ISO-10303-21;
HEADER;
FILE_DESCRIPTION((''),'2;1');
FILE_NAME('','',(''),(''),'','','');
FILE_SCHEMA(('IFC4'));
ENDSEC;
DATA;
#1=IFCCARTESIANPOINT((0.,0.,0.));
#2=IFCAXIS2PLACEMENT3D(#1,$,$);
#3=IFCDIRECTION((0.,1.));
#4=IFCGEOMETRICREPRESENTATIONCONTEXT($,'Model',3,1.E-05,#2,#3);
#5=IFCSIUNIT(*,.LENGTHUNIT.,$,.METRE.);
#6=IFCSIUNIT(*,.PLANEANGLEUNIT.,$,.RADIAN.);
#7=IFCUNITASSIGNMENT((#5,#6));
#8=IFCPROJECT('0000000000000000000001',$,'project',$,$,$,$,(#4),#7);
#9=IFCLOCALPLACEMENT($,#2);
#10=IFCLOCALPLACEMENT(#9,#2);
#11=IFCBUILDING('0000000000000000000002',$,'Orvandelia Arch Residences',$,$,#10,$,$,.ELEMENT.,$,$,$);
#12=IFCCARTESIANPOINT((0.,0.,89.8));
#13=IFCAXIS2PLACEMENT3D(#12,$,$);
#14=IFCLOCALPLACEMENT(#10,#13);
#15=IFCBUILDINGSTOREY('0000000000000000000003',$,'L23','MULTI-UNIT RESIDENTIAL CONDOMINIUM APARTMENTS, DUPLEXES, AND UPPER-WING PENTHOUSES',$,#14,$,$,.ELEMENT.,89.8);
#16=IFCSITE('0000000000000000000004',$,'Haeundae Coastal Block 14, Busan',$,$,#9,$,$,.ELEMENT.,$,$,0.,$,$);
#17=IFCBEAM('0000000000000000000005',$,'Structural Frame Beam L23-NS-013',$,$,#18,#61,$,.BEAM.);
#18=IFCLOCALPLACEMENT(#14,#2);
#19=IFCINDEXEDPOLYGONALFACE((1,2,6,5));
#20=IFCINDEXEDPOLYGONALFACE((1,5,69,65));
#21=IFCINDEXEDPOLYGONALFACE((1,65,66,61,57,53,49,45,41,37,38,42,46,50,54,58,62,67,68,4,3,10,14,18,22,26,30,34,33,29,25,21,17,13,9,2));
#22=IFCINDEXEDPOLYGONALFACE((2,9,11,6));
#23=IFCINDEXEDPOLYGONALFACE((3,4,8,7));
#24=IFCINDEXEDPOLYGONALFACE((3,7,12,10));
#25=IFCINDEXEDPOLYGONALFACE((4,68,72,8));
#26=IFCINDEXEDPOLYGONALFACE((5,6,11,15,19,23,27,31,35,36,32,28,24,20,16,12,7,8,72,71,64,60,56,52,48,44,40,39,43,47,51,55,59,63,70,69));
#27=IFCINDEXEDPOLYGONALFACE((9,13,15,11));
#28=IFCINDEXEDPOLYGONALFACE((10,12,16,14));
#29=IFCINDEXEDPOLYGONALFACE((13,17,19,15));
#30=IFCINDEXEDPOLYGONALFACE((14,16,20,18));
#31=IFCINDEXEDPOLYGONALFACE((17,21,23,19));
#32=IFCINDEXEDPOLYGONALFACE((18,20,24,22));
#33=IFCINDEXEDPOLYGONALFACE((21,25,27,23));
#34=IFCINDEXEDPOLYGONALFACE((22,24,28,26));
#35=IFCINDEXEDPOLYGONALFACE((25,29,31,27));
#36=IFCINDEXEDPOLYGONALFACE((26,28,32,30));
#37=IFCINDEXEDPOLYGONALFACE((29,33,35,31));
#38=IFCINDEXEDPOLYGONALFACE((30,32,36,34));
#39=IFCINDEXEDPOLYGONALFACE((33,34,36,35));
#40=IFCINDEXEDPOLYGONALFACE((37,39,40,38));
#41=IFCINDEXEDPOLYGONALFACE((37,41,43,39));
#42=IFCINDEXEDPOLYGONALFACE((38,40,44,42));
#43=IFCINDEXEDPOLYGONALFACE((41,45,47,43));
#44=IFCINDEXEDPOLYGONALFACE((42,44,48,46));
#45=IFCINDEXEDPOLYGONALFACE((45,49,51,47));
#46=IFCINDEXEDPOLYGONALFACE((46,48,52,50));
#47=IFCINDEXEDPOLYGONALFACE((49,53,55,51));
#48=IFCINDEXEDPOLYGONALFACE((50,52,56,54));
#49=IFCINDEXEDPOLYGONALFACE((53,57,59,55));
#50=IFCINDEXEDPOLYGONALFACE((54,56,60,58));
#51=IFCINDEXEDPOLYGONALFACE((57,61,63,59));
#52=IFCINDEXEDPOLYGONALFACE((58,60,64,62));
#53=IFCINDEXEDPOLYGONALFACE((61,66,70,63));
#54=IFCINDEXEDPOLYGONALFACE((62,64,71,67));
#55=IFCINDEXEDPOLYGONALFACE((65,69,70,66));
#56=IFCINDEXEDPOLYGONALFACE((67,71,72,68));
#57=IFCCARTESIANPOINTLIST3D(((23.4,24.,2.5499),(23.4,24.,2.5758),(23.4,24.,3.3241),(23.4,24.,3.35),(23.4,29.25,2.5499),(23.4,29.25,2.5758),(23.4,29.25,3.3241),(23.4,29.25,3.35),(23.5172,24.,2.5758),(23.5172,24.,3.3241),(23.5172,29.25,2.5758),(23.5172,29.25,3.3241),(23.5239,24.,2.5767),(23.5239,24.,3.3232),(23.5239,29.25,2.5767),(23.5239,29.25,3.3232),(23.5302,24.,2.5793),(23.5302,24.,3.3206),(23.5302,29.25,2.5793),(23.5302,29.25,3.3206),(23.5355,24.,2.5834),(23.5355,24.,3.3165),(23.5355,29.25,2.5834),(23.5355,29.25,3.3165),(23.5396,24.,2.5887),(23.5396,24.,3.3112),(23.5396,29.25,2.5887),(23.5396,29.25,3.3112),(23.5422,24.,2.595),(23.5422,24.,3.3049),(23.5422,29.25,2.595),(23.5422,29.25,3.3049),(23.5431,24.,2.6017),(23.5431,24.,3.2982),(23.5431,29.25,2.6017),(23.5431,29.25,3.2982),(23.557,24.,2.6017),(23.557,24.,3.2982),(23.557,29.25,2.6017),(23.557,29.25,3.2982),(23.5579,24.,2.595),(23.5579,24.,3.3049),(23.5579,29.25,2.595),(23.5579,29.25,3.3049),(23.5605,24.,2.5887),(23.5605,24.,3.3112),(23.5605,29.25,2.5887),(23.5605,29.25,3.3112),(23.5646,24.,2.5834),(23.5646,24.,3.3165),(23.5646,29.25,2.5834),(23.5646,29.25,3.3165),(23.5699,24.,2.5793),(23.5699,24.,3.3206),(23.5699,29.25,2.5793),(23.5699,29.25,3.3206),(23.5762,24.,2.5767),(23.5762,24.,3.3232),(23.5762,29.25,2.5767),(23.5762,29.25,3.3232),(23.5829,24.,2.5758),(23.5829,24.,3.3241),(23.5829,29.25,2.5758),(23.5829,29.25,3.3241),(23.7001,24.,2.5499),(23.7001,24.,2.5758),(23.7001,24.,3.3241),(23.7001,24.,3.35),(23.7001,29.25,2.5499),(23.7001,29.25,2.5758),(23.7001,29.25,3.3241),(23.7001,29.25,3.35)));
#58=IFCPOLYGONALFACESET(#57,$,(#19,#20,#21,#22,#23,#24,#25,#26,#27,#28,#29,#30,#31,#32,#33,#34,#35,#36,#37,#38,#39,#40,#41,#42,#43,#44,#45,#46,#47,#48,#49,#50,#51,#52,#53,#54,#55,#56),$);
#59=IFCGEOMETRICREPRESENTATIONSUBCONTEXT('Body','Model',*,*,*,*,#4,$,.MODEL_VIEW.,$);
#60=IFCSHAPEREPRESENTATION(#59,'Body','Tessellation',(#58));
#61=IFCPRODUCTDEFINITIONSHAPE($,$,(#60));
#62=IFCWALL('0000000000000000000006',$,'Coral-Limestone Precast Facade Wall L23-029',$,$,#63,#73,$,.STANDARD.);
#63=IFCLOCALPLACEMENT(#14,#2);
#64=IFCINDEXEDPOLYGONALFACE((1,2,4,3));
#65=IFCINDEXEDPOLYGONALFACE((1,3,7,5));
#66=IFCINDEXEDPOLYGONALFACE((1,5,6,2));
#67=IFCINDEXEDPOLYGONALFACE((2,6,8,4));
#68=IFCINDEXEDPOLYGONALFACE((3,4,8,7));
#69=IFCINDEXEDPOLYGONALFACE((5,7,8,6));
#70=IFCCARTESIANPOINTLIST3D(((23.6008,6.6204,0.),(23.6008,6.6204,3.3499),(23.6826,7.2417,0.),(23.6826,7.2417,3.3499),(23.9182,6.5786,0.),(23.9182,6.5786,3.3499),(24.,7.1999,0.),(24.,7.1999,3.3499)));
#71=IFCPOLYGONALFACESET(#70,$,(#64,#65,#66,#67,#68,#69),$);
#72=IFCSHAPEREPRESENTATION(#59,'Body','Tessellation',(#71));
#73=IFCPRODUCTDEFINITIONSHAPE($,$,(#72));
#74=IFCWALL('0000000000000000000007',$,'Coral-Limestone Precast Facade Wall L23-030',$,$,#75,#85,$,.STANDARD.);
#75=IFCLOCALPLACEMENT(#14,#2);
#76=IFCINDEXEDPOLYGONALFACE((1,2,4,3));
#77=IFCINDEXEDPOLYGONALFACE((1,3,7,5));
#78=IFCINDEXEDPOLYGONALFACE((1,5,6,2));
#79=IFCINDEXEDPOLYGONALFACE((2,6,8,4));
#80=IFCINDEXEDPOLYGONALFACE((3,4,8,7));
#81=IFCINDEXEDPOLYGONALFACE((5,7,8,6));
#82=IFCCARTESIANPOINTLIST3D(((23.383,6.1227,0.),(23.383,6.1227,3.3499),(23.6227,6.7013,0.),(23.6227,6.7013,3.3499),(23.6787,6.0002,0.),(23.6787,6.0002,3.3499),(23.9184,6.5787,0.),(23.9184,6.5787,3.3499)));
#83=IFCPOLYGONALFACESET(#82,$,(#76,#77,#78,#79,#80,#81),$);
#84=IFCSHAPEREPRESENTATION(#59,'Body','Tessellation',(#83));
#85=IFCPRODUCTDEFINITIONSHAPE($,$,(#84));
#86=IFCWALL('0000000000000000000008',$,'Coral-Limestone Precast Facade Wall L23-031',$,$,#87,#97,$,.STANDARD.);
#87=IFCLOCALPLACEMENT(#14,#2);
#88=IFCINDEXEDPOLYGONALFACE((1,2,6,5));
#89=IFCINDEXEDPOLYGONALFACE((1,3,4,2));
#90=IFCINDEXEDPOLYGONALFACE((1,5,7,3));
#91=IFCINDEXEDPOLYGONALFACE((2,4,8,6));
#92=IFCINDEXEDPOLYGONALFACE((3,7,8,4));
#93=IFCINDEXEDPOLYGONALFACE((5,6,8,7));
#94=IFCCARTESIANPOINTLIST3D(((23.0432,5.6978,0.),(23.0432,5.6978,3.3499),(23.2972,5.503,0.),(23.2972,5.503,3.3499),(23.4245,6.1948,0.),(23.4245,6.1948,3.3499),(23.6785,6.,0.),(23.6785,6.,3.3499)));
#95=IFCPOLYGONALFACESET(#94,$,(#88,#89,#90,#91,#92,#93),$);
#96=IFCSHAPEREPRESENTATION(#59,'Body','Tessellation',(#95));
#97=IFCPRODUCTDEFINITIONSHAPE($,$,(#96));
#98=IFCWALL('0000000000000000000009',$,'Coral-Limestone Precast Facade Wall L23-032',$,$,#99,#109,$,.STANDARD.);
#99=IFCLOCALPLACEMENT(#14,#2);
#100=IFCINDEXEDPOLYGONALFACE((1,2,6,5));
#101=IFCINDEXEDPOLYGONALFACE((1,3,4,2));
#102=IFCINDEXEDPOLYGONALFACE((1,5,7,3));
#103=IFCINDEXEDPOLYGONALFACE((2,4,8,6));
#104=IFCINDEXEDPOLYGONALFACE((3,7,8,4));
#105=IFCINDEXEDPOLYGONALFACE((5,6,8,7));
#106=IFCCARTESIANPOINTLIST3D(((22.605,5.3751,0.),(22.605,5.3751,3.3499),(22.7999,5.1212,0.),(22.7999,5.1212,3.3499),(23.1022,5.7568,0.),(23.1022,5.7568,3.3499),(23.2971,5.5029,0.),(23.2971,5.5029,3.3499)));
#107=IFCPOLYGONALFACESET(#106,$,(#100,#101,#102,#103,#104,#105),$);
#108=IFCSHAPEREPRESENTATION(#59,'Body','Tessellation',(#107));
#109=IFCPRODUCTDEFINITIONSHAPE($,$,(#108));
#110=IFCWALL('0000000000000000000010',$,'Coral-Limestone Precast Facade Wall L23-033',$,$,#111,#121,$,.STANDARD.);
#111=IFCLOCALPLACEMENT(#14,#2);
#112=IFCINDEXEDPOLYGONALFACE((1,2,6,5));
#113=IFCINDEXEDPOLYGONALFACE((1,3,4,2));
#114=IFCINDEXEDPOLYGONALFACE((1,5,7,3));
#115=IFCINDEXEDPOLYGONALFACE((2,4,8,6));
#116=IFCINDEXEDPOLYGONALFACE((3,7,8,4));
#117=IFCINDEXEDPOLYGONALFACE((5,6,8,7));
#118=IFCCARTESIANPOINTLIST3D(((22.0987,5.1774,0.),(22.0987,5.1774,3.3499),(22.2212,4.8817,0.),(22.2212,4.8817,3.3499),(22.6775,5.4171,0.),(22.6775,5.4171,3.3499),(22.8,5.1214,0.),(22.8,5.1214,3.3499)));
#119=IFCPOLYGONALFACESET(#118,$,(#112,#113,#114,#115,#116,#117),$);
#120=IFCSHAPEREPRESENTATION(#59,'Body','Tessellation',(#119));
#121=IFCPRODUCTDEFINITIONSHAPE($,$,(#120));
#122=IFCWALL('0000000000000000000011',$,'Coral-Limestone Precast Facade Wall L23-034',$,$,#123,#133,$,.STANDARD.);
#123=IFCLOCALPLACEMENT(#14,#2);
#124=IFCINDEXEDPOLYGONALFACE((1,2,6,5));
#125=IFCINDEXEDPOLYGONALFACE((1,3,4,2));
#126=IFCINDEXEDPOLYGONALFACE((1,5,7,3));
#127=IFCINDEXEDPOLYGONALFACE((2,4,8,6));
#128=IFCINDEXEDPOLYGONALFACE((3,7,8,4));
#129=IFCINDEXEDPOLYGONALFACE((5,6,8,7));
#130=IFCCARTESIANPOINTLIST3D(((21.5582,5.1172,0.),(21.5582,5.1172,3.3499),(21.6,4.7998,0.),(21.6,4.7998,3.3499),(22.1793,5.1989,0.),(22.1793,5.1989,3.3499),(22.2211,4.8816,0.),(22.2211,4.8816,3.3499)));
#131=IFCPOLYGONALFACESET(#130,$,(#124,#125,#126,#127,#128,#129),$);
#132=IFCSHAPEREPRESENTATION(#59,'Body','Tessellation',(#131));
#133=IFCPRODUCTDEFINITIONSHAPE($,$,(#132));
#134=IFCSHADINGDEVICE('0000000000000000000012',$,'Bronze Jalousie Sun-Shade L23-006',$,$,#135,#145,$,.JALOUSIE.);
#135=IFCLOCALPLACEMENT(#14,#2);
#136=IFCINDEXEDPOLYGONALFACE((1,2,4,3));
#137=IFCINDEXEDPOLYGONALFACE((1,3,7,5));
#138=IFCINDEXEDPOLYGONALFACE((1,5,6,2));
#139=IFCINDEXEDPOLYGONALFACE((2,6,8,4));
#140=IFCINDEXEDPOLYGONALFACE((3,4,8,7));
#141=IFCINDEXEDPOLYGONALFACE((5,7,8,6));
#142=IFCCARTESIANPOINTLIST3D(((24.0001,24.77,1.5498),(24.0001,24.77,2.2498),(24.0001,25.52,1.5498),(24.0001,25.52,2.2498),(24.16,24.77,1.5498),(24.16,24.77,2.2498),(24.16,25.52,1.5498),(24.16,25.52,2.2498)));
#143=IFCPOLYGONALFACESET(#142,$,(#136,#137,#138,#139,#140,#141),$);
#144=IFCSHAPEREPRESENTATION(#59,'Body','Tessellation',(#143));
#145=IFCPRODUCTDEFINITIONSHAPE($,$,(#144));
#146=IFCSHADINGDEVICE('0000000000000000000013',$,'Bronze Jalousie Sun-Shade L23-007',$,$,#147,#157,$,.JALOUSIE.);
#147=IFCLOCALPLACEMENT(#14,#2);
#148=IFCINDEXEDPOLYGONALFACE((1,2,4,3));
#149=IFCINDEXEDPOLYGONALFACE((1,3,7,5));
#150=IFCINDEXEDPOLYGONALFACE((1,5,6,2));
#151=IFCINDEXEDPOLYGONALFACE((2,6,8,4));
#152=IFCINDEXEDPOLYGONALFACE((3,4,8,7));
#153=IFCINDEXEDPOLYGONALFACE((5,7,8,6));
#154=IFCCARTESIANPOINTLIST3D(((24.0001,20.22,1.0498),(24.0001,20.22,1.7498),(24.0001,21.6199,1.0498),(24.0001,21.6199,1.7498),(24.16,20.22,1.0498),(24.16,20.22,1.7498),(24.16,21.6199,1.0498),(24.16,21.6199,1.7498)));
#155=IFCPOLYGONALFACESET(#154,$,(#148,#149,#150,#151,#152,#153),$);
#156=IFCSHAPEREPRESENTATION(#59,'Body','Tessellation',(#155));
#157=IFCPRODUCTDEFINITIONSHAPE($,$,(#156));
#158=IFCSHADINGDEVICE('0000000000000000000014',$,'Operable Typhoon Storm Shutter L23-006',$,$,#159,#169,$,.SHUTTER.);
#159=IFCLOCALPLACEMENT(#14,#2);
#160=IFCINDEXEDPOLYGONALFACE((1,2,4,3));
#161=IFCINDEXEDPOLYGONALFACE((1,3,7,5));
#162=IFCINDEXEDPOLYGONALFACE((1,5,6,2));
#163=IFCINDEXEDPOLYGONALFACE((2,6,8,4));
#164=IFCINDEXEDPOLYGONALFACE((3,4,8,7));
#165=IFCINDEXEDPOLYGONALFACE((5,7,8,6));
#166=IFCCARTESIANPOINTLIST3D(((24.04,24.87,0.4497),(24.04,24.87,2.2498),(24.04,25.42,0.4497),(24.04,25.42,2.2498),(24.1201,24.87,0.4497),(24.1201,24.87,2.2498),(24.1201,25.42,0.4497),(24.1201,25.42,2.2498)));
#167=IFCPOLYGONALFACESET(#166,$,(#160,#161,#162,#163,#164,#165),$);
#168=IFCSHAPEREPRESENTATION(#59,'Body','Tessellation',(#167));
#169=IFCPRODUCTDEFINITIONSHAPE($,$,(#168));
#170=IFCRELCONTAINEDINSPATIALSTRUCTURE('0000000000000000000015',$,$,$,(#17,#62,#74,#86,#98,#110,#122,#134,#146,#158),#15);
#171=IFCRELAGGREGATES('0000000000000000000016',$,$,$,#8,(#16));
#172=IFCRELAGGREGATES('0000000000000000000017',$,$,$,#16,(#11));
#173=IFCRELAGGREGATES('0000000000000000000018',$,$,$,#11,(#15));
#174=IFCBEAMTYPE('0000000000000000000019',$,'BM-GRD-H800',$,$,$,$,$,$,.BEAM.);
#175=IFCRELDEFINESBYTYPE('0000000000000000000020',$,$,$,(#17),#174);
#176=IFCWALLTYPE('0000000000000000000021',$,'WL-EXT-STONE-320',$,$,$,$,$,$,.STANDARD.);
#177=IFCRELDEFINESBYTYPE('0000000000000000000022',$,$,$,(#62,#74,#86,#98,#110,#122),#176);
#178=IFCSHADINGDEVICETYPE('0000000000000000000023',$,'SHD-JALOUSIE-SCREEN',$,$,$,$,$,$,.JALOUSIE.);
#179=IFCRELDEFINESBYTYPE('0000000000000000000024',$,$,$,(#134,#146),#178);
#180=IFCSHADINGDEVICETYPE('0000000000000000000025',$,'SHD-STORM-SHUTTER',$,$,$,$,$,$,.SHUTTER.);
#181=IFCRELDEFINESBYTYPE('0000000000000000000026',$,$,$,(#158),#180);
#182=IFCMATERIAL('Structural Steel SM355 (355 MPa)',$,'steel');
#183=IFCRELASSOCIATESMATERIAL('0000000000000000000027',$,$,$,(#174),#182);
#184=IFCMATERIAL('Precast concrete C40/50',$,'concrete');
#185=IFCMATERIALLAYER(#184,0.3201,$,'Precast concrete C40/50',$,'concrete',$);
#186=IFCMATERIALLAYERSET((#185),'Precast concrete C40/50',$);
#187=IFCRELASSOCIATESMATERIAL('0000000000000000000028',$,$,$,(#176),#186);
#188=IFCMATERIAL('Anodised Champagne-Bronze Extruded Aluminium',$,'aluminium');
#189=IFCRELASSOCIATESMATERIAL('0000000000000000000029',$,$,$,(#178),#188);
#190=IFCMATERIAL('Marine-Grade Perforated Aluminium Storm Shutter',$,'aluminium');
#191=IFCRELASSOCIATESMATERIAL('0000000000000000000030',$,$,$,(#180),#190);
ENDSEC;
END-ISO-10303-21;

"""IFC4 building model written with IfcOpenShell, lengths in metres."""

from ifc_helpers import new_model, si_unit, direction, frame, frame_2d, origin, origin_2d, place, context, subcontext, project, spatial, rectangle, i_section, extrude, material, layer, layer_set, material_profile, profile_set, type_object, element, save


model = new_model("IFC4")

# Units and contexts
model_context = context("Model", 3, precision=1e-05, world=origin(), true_north=direction((0.0, 1.0)))
body_context = subcontext(model_context, "Body", "Model", "MODEL_VIEW")
ifc_project = project(units=[si_unit("LENGTHUNIT", "METRE"), si_unit("PLANEANGLEUNIT", "RADIAN")], contexts=[model_context])

# Site, building, storey
site_placement = place(None, origin())
site = spatial("IfcSite", under=ifc_project, at=site_placement, Name="Haeundae Coastal Block 14, Busan", CompositionType="ELEMENT", RefElevation=0.0)
building_placement = place(site_placement, origin())
building = spatial("IfcBuilding", under=site, at=building_placement, Name="Orvandelia Arch Residences", CompositionType="ELEMENT")
storey_placement = place(building_placement, frame((0.0, 0.0, 89.8)))
storey = spatial("IfcBuildingStorey", under=building, at=storey_placement, Name="L23", Description="MULTI-UNIT RESIDENTIAL CONDOMINIUM APARTMENTS, DUPLEXES, AND UPPER-WING PENTHOUSES", CompositionType="ELEMENT", Elevation=89.8)

# Beam
ifc_material_1 = material(Name="Structural Steel SM355 (355 MPa)", Category="steel")
ifc_material_profile_1 = material_profile(ifc_material_1, i_section(OverallWidth=0.3, OverallDepth=0.8, WebThickness=0.0139, FlangeThickness=0.0259, FilletRadius=0.0259, at=origin_2d()), Name="Structural Steel SM355 (355 MPa)", Category="steel")
ifc_profile_set_1 = profile_set([ifc_material_profile_1], Name="Structural Steel SM355 (355 MPa)")
beam_type = type_object("IfcBeamType", Name="BM-GRD-H800", PredefinedType="BEAM", material=ifc_profile_set_1)
beam_1_placement = place(storey_placement, frame((23.55, 24.0, 2.95), z_axis=(0.0, 1.0, 0.0), x_axis=(-1.0, 0.0, 0.0)))
element("IfcBeam", 1, at=beam_1_placement, inside=storey, type_object=beam_type, Name="Structural Frame Beam L23-NS-013", PredefinedType="BEAM", context=body_context, shape_type="SweptSolid", body=[
    extrude(i_section(OverallWidth=0.3, OverallDepth=0.8, WebThickness=0.0139, FlangeThickness=0.0259, FilletRadius=0.0259, at=origin_2d()), origin(), (0.0, 0.0, 1.0), 5.25),
])

# Walls
ifc_material_2 = material(Name="Precast concrete C40/50", Category="concrete")
ifc_layer = layer(ifc_material_2, 0.3201, Name="Precast concrete C40/50", Category="concrete")
ifc_layer_set = layer_set([ifc_layer], Name="Precast concrete C40/50")
wall_type = type_object("IfcWallType", Name="WL-EXT-STONE-320", PredefinedType="STANDARD", material=ifc_layer_set)
wall_1_placement = place(storey_placement, frame((23.8413, 7.2209, 0.0), z_axis=(0.0, 0.0, 1.0), x_axis=(-0.130505, -0.991448, 0.0)))
element("IfcWall", 2, at=wall_1_placement, inside=storey, type_object=wall_type, Name="Coral-Limestone Precast Facade Wall L23-029", PredefinedType="STANDARD", context=body_context, shape_type="SweptSolid", body=[
    extrude(rectangle(XDim=0.6267, YDim=0.3201, at=frame_2d((0.3135, 0.0))), origin(), (0.0, 0.0, 1.0), 3.3499),
])
wall_2_placement = place(storey_placement, frame((23.7705, 6.6399, 0.0), z_axis=(0.0, 0.0, 1.0), x_axis=(-0.382788, -0.923836, 0.0)))
element("IfcWall", 3, at=wall_2_placement, inside=storey, type_object=wall_type, Name="Coral-Limestone Precast Facade Wall L23-030", PredefinedType="STANDARD", context=body_context, shape_type="SweptSolid", body=[
    extrude(rectangle(XDim=0.6262, YDim=0.3201, at=frame_2d((0.313, 0.0))), origin(), (0.0, 0.0, 1.0), 3.3499),
])
wall_3_placement = place(storey_placement, frame((23.5515, 6.0974, 0.0), z_axis=(0.0, 0.0, 1.0), x_axis=(-0.608693, -0.793406, 0.0)))
element("IfcWall", 4, at=wall_3_placement, inside=storey, type_object=wall_type, Name="Coral-Limestone Precast Facade Wall L23-031", PredefinedType="STANDARD", context=body_context, shape_type="SweptSolid", body=[
    extrude(rectangle(XDim=0.6265, YDim=0.3201, at=frame_2d((0.3132, 0.0))), origin(), (0.0, 0.0, 1.0), 3.3499),
])
wall_4_placement = place(storey_placement, frame((23.1997, 5.6299, 0.0), z_axis=(0.0, 0.0, 1.0), x_axis=(-0.793217, -0.608939, 0.0)))
element("IfcWall", 5, at=wall_4_placement, inside=storey, type_object=wall_type, Name="Coral-Limestone Precast Facade Wall L23-032", PredefinedType="STANDARD", context=body_context, shape_type="SweptSolid", body=[
    extrude(rectangle(XDim=0.6267, YDim=0.3201, at=frame_2d((0.3135, 0.0))), origin(), (0.0, 0.0, 1.0), 3.3499),
])
for number, where, z_axis, x_axis, name in (
    (6, (22.7388, 5.2693, 0.0), (0.0, 0.0, 1.0), (-0.923893, -0.38265, 0.0), "Coral-Limestone Precast Facade Wall L23-033"),
    (7, (22.2002, 5.0403, 0.0), (0.0, 0.0, 1.0), (-0.991441, -0.130555, 0.0), "Coral-Limestone Precast Facade Wall L23-034"),
):
    element("IfcWall", number, at=place(storey_placement, frame(where, z_axis=z_axis, x_axis=x_axis)), inside=storey, type_object=wall_type, Name=name, PredefinedType="STANDARD", context=body_context, shape_type="SweptSolid", body=[
        extrude(rectangle(XDim=0.6265, YDim=0.3201, at=frame_2d((0.3132, 0.0))), origin(), (0.0, 0.0, 1.0), 3.3499),
    ])

# Shading devices
ifc_material_3 = material(Name="Anodised Champagne-Bronze Extruded Aluminium", Category="aluminium")
shading_device_type_1 = type_object("IfcShadingDeviceType", Name="SHD-JALOUSIE-SCREEN", PredefinedType="JALOUSIE", material=ifc_material_3)
shading_device_1_placement = place(storey_placement, frame((24.0801, 25.145, 1.5498), z_axis=(0.0, 0.0, 1.0), x_axis=(0.0, -1.0, 0.0)))
element("IfcShadingDevice", 8, at=shading_device_1_placement, inside=storey, type_object=shading_device_type_1, Name="Bronze Jalousie Sun-Shade L23-006", PredefinedType="JALOUSIE", context=body_context, shape_type="SweptSolid", body=[
    extrude(rectangle(XDim=0.75, YDim=0.1599, at=origin_2d()), origin(), (0.0, 0.0, 1.0), 0.7),
])
shading_device_2_placement = place(storey_placement, frame((24.0801, 20.9199, 1.0498), z_axis=(0.0, 0.0, 1.0), x_axis=(0.0, -1.0, 0.0)))
element("IfcShadingDevice", 9, at=shading_device_2_placement, inside=storey, type_object=shading_device_type_1, Name="Bronze Jalousie Sun-Shade L23-007", PredefinedType="JALOUSIE", context=body_context, shape_type="SweptSolid", body=[
    extrude(rectangle(XDim=1.3999, YDim=0.1599, at=origin_2d()), origin(), (0.0, 0.0, 1.0), 0.7),
])
ifc_material_4 = material(Name="Marine-Grade Perforated Aluminium Storm Shutter", Category="aluminium")
shading_device_type_2 = type_object("IfcShadingDeviceType", Name="SHD-STORM-SHUTTER", PredefinedType="SHUTTER", material=ifc_material_4)
shading_device_3_placement = place(storey_placement, frame((24.0801, 25.145, 0.4497), z_axis=(0.0, 0.0, 1.0), x_axis=(0.0, -1.0, 0.0)))
element("IfcShadingDevice", 10, at=shading_device_3_placement, inside=storey, type_object=shading_device_type_2, Name="Operable Typhoon Storm Shutter L23-006", PredefinedType="SHUTTER", context=body_context, shape_type="SweptSolid", body=[
    extrude(rectangle(XDim=0.55, YDim=0.0801, at=origin_2d()), origin(), (0.0, 0.0, 1.0), 1.8),
])

save(model, "model.ifc")
